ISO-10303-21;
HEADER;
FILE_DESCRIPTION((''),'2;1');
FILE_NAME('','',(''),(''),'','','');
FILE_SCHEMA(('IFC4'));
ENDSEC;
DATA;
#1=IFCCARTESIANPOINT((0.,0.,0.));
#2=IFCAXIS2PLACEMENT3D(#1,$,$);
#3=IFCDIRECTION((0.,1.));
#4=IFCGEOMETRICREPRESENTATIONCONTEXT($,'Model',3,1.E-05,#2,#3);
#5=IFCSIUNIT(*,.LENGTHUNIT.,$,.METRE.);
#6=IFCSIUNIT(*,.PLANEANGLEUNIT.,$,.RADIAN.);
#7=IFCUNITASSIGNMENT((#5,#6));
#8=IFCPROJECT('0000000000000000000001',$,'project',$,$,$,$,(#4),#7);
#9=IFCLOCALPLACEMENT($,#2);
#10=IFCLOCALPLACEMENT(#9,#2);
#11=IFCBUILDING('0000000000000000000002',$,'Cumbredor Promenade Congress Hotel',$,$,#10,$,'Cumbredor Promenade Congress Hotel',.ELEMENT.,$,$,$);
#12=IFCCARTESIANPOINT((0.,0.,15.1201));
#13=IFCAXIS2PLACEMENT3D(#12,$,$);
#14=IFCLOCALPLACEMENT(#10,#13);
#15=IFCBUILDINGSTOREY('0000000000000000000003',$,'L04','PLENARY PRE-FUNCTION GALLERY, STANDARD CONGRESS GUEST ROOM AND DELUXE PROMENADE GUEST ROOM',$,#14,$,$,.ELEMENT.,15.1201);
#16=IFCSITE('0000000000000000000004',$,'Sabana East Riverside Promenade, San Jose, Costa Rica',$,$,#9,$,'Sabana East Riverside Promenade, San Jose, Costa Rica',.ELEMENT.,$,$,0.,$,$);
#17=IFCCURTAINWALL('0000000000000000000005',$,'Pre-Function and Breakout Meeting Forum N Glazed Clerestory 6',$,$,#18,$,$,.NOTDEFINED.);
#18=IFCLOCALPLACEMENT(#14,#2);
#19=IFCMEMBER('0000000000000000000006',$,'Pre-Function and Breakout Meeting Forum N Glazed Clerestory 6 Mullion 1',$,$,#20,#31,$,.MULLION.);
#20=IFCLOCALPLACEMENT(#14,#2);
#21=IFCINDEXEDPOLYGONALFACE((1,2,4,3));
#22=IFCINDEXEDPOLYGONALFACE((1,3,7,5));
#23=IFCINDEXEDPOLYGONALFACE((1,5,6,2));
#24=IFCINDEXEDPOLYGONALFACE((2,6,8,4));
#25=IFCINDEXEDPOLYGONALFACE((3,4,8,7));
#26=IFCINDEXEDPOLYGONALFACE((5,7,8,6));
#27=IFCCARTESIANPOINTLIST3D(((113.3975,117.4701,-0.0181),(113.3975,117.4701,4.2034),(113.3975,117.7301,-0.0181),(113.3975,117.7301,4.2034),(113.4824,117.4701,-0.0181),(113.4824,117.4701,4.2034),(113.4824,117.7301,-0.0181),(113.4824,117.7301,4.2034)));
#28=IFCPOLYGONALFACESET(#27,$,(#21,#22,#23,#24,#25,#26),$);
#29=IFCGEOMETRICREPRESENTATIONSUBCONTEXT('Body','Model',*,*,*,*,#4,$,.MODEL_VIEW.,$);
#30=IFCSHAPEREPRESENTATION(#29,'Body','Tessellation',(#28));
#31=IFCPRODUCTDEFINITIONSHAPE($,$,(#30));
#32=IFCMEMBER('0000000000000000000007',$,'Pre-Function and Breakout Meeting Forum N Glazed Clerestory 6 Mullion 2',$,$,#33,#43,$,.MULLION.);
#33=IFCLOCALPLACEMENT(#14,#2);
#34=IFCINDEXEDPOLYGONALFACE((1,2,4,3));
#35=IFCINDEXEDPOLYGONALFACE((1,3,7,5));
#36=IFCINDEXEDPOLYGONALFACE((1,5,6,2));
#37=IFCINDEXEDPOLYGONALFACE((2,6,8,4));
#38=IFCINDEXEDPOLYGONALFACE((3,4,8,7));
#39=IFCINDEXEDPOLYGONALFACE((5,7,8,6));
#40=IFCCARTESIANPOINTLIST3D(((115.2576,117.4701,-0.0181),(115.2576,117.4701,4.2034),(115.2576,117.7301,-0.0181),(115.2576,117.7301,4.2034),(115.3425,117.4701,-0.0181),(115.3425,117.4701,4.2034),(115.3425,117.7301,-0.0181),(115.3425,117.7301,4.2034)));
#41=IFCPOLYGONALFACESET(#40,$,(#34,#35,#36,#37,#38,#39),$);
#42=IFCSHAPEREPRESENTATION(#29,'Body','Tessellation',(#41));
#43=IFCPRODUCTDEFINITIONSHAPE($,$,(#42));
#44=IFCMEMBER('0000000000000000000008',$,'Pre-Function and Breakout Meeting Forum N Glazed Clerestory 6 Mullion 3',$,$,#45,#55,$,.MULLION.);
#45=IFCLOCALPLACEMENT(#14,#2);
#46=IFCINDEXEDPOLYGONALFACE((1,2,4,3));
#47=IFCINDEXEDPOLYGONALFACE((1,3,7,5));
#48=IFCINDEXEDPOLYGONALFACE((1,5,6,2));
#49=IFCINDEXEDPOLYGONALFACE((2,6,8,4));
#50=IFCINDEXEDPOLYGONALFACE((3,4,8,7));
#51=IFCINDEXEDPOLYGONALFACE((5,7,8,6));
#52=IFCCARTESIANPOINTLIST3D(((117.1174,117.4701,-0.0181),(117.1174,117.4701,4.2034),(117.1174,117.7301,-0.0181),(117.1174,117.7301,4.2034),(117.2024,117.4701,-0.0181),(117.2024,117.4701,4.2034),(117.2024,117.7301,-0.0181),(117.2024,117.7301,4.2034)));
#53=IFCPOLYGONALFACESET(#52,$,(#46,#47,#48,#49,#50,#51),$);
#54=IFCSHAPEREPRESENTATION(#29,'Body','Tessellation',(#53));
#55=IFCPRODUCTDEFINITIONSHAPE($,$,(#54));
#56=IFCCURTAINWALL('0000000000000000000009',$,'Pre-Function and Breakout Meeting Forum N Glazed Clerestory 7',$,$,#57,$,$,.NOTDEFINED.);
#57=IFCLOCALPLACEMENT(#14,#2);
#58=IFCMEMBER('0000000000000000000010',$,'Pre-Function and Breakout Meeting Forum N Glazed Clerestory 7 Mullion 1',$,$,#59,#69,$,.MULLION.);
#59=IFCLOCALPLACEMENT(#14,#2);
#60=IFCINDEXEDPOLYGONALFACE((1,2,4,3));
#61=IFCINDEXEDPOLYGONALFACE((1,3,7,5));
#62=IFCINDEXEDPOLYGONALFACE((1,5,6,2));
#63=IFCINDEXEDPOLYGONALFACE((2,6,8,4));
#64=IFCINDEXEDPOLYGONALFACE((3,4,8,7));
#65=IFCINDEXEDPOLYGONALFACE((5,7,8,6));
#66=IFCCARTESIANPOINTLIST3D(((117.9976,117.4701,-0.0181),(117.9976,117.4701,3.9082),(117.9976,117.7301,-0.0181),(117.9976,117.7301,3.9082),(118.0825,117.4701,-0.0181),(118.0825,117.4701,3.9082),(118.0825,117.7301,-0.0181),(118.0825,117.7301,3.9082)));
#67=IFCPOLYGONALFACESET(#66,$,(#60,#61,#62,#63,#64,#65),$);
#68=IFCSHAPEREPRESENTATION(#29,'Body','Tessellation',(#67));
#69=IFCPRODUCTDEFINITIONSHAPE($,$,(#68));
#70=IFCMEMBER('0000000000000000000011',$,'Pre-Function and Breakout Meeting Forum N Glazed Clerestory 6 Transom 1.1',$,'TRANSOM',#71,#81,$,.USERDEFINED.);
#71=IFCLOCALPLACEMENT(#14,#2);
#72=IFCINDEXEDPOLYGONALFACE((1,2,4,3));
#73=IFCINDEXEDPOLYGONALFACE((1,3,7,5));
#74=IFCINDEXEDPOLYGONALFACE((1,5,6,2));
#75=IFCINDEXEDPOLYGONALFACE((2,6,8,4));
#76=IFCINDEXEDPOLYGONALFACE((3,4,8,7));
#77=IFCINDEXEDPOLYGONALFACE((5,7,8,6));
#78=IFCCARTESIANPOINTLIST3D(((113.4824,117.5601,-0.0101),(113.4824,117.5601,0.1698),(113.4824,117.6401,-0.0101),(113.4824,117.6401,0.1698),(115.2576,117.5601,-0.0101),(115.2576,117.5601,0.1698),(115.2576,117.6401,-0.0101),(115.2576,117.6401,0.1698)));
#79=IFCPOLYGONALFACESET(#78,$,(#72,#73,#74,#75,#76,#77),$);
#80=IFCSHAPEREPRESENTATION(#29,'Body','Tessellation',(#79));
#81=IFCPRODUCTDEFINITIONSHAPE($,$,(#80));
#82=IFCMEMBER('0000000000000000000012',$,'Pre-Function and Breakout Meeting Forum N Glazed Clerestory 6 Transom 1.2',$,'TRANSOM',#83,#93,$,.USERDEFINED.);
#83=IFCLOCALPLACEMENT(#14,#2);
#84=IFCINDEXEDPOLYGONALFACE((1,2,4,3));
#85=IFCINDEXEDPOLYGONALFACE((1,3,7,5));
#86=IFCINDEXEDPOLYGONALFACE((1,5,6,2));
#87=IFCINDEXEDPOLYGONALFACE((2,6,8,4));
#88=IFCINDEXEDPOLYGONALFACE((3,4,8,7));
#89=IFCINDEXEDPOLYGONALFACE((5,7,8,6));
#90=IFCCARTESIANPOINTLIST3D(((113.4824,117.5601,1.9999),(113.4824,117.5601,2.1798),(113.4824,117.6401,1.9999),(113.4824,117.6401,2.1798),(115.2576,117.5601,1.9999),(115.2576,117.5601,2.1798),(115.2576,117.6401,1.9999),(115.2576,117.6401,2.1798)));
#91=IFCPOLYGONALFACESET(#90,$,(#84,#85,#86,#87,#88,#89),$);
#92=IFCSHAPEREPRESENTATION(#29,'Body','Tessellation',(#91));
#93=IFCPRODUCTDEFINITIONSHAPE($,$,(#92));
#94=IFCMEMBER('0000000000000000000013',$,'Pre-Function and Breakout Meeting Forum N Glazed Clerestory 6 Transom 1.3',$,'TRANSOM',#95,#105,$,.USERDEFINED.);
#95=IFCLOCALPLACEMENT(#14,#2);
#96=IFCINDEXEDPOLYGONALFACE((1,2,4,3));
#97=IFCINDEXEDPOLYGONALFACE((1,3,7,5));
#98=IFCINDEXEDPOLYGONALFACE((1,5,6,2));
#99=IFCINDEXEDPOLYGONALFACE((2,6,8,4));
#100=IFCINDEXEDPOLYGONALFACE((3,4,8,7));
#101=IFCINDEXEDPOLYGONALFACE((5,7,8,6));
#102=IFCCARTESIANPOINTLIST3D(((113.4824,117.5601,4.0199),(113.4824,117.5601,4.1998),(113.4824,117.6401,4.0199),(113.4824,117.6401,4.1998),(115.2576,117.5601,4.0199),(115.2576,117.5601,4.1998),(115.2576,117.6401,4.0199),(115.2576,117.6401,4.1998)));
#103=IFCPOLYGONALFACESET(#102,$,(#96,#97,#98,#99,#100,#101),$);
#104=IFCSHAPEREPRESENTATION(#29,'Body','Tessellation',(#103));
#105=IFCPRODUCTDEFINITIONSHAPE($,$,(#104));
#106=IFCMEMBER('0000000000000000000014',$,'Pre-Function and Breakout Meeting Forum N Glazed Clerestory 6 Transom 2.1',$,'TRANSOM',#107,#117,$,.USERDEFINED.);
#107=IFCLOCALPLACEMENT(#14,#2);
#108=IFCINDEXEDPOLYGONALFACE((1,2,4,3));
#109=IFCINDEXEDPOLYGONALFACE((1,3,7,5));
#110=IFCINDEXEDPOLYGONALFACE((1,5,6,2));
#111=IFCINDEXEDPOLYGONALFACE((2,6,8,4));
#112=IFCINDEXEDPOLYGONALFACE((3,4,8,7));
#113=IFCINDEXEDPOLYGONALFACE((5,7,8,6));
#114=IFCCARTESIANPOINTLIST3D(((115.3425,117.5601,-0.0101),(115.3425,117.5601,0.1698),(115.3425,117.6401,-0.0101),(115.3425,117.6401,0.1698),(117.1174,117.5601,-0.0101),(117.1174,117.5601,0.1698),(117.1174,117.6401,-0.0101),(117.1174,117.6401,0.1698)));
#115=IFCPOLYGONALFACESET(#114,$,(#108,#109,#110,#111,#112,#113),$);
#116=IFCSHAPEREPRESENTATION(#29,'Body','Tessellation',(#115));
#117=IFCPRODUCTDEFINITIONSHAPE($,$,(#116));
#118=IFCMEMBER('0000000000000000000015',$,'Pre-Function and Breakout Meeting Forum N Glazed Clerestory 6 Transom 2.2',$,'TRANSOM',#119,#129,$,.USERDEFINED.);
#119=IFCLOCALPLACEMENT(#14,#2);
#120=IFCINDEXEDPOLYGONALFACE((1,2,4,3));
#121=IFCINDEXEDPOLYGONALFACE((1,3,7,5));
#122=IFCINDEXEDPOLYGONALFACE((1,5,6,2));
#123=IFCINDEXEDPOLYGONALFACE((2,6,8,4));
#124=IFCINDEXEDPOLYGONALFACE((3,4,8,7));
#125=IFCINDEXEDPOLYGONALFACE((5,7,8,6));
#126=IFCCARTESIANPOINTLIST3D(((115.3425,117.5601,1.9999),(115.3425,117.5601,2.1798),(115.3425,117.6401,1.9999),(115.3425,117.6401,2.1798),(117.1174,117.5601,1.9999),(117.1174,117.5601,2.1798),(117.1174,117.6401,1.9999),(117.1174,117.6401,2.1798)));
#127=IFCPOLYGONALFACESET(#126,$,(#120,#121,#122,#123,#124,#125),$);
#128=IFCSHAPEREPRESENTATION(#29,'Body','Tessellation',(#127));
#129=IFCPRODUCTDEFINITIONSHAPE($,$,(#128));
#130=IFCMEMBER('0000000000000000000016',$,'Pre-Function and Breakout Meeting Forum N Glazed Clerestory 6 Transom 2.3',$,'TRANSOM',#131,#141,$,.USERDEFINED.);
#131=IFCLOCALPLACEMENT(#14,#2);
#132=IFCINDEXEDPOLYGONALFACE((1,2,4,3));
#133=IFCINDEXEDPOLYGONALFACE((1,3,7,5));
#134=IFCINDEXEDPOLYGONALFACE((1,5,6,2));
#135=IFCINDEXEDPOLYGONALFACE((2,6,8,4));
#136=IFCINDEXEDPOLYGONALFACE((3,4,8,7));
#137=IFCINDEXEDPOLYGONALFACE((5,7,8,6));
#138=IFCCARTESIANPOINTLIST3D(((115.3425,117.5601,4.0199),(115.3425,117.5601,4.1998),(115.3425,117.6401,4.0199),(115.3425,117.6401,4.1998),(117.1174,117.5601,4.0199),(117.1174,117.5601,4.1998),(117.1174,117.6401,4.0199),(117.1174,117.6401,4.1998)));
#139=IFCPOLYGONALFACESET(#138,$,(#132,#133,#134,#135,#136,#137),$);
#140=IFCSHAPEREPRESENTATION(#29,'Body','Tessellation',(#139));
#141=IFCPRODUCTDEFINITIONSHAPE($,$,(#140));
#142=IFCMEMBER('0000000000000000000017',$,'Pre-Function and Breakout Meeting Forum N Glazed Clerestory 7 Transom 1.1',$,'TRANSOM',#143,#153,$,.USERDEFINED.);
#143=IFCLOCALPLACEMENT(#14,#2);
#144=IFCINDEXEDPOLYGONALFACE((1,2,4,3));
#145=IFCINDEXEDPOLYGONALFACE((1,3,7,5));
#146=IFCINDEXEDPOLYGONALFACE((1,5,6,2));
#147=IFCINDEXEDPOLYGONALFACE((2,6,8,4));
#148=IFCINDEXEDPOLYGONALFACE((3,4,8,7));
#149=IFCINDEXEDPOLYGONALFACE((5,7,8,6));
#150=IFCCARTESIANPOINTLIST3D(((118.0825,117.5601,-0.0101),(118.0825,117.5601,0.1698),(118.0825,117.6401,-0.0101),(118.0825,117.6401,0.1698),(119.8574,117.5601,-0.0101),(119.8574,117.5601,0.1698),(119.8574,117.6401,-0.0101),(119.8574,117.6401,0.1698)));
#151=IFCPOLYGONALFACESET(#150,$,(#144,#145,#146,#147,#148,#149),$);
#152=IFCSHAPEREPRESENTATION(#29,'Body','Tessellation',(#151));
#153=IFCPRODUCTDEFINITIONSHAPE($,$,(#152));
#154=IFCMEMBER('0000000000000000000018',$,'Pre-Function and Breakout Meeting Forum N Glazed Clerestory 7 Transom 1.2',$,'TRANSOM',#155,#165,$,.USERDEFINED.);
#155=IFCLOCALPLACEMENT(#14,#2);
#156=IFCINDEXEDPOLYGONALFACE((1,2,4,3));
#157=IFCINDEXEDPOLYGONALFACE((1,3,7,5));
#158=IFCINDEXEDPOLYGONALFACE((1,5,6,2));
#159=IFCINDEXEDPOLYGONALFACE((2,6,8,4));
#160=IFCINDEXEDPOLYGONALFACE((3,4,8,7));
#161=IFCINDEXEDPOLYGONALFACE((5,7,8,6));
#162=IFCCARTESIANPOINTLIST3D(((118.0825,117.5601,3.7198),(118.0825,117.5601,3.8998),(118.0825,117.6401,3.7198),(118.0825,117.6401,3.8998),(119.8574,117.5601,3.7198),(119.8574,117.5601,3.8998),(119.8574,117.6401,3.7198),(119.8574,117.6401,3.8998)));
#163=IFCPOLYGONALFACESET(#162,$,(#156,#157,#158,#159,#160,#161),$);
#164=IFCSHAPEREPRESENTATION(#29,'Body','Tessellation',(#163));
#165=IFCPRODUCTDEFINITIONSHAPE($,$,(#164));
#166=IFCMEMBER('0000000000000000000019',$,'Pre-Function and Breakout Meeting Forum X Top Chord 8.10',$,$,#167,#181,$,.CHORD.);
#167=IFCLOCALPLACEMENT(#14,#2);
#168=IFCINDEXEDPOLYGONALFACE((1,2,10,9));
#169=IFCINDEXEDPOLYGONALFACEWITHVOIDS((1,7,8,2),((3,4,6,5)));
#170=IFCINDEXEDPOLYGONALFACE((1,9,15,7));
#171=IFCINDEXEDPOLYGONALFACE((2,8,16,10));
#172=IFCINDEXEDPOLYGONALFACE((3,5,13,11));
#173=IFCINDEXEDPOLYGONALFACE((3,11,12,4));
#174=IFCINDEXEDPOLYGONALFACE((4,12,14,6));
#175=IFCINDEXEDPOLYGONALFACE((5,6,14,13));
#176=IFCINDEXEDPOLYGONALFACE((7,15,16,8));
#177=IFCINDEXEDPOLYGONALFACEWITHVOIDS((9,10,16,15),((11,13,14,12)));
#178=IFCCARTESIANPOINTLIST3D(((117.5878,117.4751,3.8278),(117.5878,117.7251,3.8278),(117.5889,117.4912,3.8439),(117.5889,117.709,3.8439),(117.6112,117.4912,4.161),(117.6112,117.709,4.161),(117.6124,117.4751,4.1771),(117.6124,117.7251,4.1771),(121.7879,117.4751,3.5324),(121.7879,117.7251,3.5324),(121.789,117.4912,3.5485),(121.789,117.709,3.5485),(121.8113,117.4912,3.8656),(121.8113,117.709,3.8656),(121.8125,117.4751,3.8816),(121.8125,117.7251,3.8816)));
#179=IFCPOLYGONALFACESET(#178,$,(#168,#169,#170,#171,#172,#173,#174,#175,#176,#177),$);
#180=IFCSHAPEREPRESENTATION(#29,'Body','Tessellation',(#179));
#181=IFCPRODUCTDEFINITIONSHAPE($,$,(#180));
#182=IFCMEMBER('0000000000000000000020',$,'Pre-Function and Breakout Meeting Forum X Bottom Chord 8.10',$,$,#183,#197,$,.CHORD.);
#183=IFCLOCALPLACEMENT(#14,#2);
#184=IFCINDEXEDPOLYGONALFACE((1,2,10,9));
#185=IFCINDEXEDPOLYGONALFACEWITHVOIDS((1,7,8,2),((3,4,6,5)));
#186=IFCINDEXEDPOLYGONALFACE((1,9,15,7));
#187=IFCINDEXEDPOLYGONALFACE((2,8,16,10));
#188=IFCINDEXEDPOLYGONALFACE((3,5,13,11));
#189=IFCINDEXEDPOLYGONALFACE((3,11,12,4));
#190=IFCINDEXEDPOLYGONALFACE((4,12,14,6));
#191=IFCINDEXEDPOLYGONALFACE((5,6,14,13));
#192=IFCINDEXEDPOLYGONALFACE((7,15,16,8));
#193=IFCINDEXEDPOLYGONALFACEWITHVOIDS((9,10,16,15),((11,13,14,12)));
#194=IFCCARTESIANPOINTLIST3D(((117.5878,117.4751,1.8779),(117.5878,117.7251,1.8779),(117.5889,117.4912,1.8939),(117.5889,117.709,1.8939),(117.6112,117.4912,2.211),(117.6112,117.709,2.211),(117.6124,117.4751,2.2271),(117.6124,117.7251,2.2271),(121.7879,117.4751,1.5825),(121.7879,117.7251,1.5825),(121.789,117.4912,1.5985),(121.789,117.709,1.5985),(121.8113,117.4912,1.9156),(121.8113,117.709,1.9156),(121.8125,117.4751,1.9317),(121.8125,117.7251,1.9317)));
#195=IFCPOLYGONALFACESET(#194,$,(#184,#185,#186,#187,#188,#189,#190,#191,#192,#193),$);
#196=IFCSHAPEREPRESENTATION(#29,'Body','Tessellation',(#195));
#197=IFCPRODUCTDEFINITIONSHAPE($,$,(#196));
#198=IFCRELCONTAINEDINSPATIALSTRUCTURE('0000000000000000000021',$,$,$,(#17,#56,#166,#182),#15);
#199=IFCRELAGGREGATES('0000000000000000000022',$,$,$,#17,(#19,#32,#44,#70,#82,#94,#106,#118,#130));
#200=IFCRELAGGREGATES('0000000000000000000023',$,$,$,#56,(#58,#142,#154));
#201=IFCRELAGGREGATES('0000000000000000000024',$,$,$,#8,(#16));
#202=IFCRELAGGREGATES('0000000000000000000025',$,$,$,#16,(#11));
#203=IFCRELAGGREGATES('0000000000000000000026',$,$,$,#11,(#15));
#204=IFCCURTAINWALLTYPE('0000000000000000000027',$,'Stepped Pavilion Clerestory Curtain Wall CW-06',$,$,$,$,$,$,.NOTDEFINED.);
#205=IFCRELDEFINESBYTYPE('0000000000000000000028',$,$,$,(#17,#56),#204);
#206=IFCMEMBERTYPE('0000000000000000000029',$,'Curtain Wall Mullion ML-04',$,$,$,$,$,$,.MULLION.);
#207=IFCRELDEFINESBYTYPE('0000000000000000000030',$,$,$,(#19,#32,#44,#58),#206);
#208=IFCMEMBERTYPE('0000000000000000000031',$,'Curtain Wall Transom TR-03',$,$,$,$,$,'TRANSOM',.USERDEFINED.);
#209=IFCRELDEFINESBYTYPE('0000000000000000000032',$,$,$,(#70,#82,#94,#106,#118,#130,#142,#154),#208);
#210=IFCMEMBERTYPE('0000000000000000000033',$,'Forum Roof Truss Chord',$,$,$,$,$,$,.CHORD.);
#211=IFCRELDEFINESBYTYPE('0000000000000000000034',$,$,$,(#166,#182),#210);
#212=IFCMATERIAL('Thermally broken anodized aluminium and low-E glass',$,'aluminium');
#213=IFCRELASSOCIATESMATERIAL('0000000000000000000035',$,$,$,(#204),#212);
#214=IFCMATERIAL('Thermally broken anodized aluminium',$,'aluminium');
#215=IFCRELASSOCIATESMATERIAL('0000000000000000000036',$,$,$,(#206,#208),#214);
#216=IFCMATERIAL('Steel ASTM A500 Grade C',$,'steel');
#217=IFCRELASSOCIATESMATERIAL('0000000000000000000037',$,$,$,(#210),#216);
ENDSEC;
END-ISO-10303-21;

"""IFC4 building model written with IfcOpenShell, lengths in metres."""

from ifc_helpers import new_model, si_unit, direction, frame, origin, origin_2d, place, context, subcontext, project, spatial, rectangle, hollow_rectangle, extrude, material, material_profile, profile_set, type_object, element, aggregate, save


model = new_model("IFC4")

# Units and contexts
model_context = context("Model", 3, precision=1e-05, world=origin(), true_north=direction((0.0, 1.0)))
body_context = subcontext(model_context, "Body", "Model", "MODEL_VIEW")
ifc_project = project(units=[si_unit("LENGTHUNIT", "METRE"), si_unit("PLANEANGLEUNIT", "RADIAN")], contexts=[model_context])

# Site, building, storey
site_placement = place(None, origin())
site = spatial("IfcSite", under=ifc_project, at=site_placement, Name="Sabana East Riverside Promenade, San Jose, Costa Rica", LongName="Sabana East Riverside Promenade, San Jose, Costa Rica", CompositionType="ELEMENT", RefElevation=0.0)
building_placement = place(site_placement, origin())
building = spatial("IfcBuilding", under=site, at=building_placement, Name="Cumbredor Promenade Congress Hotel", LongName="Cumbredor Promenade Congress Hotel", CompositionType="ELEMENT")
storey_placement = place(building_placement, frame((0.0, 0.0, 15.1201)))
storey = spatial("IfcBuildingStorey", under=building, at=storey_placement, Name="L04", Description="PLENARY PRE-FUNCTION GALLERY, STANDARD CONGRESS GUEST ROOM AND DELUXE PROMENADE GUEST ROOM", CompositionType="ELEMENT", Elevation=15.1201)

# Curtain wall, members
ifc_material_1 = material(Name="Thermally broken anodized aluminium and low-E glass", Category="aluminium")
curtain_wall_type = type_object("IfcCurtainWallType", Name="Stepped Pavilion Clerestory Curtain Wall CW-06", PredefinedType="NOTDEFINED", material=ifc_material_1)
curtain_wall_1_placement = place(storey_placement, origin())
curtain_wall_1 = element("IfcCurtainWall", 1, at=curtain_wall_1_placement, inside=storey, type_object=curtain_wall_type, Name="Pre-Function and Breakout Meeting Forum N Glazed Clerestory 6", PredefinedType="NOTDEFINED")
ifc_material_2 = material(Name="Thermally broken anodized aluminium", Category="aluminium")
ifc_material_profile_1 = material_profile(ifc_material_2, rectangle(XDim=0.085, YDim=0.26, at=origin_2d()), Name="ALU MULLION CLERESTORY 85x260")
ifc_profile_set_1 = profile_set([ifc_material_profile_1], Name="Thermally broken anodized aluminium")
member_type_1 = type_object("IfcMemberType", Name="Curtain Wall Mullion ML-04", PredefinedType="MULLION", material=ifc_profile_set_1)
member_1_placement = place(storey_placement, frame((113.4399, 117.6001, -0.0181), z_axis=(0.0, 0.0, 1.0), x_axis=(1.0, 0.0, 0.0)))
member_1 = element("IfcMember", 2, at=member_1_placement, type_object=member_type_1, Name="Pre-Function and Breakout Meeting Forum N Glazed Clerestory 6 Mullion 1", PredefinedType="MULLION", context=body_context, shape_type="SweptSolid", body=[
    extrude(rectangle(XDim=0.085, YDim=0.26, at=origin_2d()), origin(), (0.0, 0.0, 1.0), 4.2214),
])
member_2_placement = place(storey_placement, frame((115.3, 117.6001, -0.0181), z_axis=(0.0, 0.0, 1.0), x_axis=(1.0, 0.0, 0.0)))
member_2 = element("IfcMember", 3, at=member_2_placement, type_object=member_type_1, Name="Pre-Function and Breakout Meeting Forum N Glazed Clerestory 6 Mullion 2", PredefinedType="MULLION", context=body_context, shape_type="SweptSolid", body=[
    extrude(rectangle(XDim=0.085, YDim=0.26, at=origin_2d()), origin(), (0.0, 0.0, 1.0), 4.2214),
])
member_3_placement = place(storey_placement, frame((117.1599, 117.6001, -0.0181), z_axis=(0.0, 0.0, 1.0), x_axis=(1.0, 0.0, 0.0)))
member_3 = element("IfcMember", 4, at=member_3_placement, type_object=member_type_1, Name="Pre-Function and Breakout Meeting Forum N Glazed Clerestory 6 Mullion 3", PredefinedType="MULLION", context=body_context, shape_type="SweptSolid", body=[
    extrude(rectangle(XDim=0.085, YDim=0.26, at=origin_2d()), origin(), (0.0, 0.0, 1.0), 4.2214),
])

# Curtain wall, member
curtain_wall_2_placement = place(storey_placement, origin())
curtain_wall_2 = element("IfcCurtainWall", 5, at=curtain_wall_2_placement, inside=storey, type_object=curtain_wall_type, Name="Pre-Function and Breakout Meeting Forum N Glazed Clerestory 7", PredefinedType="NOTDEFINED")
member_4_placement = place(storey_placement, frame((118.04, 117.6001, -0.0181), z_axis=(0.0, 0.0, 1.0), x_axis=(1.0, 0.0, 0.0)))
member_4 = element("IfcMember", 6, at=member_4_placement, type_object=member_type_1, Name="Pre-Function and Breakout Meeting Forum N Glazed Clerestory 7 Mullion 1", PredefinedType="MULLION", context=body_context, shape_type="SweptSolid", body=[
    extrude(rectangle(XDim=0.085, YDim=0.26, at=origin_2d()), origin(), (0.0, 0.0, 1.0), 3.9263),
])

# Members
ifc_material_profile_2 = material_profile(ifc_material_2, rectangle(XDim=0.0801, YDim=0.1799, at=origin_2d()), Name="ALU TRANSOM 80x180")
ifc_profile_set_2 = profile_set([ifc_material_profile_2], Name="Thermally broken anodized aluminium")
member_type_2 = type_object("IfcMemberType", Name="Curtain Wall Transom TR-03", ElementType="TRANSOM", PredefinedType="USERDEFINED", material=ifc_profile_set_2)
member_5_placement = place(storey_placement, frame((113.4824, 117.6001, 0.0798), z_axis=(1.0, 0.0, 0.0), x_axis=(0.0, 1.0, 0.0)))
member_5 = element("IfcMember", 7, at=member_5_placement, type_object=member_type_2, Name="Pre-Function and Breakout Meeting Forum N Glazed Clerestory 6 Transom 1.1", ObjectType="TRANSOM", PredefinedType="USERDEFINED", context=body_context, shape_type="SweptSolid", body=[
    extrude(rectangle(XDim=0.0801, YDim=0.1799, at=origin_2d()), origin(), (0.0, 0.0, 1.0), 1.7751),
])
member_6_placement = place(storey_placement, frame((113.4824, 117.6001, 2.0898), z_axis=(1.0, 0.0, 0.0), x_axis=(0.0, 1.0, 0.0)))
member_6 = element("IfcMember", 8, at=member_6_placement, type_object=member_type_2, Name="Pre-Function and Breakout Meeting Forum N Glazed Clerestory 6 Transom 1.2", ObjectType="TRANSOM", PredefinedType="USERDEFINED", context=body_context, shape_type="SweptSolid", body=[
    extrude(rectangle(XDim=0.0801, YDim=0.1799, at=origin_2d()), origin(), (0.0, 0.0, 1.0), 1.7751),
])
member_7_placement = place(storey_placement, frame((113.4824, 117.6001, 4.1099), z_axis=(1.0, 0.0, 0.0), x_axis=(0.0, 1.0, 0.0)))
member_7 = element("IfcMember", 9, at=member_7_placement, type_object=member_type_2, Name="Pre-Function and Breakout Meeting Forum N Glazed Clerestory 6 Transom 1.3", ObjectType="TRANSOM", PredefinedType="USERDEFINED", context=body_context, shape_type="SweptSolid", body=[
    extrude(rectangle(XDim=0.0801, YDim=0.1799, at=origin_2d()), origin(), (0.0, 0.0, 1.0), 1.7751),
])
member_8_placement = place(storey_placement, frame((115.3425, 117.6001, 0.0798), z_axis=(1.0, 0.0, 0.0), x_axis=(0.0, 1.0, 0.0)))
member_8 = element("IfcMember", 10, at=member_8_placement, type_object=member_type_2, Name="Pre-Function and Breakout Meeting Forum N Glazed Clerestory 6 Transom 2.1", ObjectType="TRANSOM", PredefinedType="USERDEFINED", context=body_context, shape_type="SweptSolid", body=[
    extrude(rectangle(XDim=0.0801, YDim=0.1799, at=origin_2d()), origin(), (0.0, 0.0, 1.0), 1.7749),
])
member_9_placement = place(storey_placement, frame((115.3425, 117.6001, 2.0898), z_axis=(1.0, 0.0, 0.0), x_axis=(0.0, 1.0, 0.0)))
member_9 = element("IfcMember", 11, at=member_9_placement, type_object=member_type_2, Name="Pre-Function and Breakout Meeting Forum N Glazed Clerestory 6 Transom 2.2", ObjectType="TRANSOM", PredefinedType="USERDEFINED", context=body_context, shape_type="SweptSolid", body=[
    extrude(rectangle(XDim=0.0801, YDim=0.1799, at=origin_2d()), origin(), (0.0, 0.0, 1.0), 1.7749),
])
member_10_placement = place(storey_placement, frame((115.3425, 117.6001, 4.1099), z_axis=(1.0, 0.0, 0.0), x_axis=(0.0, 1.0, 0.0)))
member_10 = element("IfcMember", 12, at=member_10_placement, type_object=member_type_2, Name="Pre-Function and Breakout Meeting Forum N Glazed Clerestory 6 Transom 2.3", ObjectType="TRANSOM", PredefinedType="USERDEFINED", context=body_context, shape_type="SweptSolid", body=[
    extrude(rectangle(XDim=0.0801, YDim=0.1799, at=origin_2d()), origin(), (0.0, 0.0, 1.0), 1.7749),
])
member_11_placement = place(storey_placement, frame((118.0825, 117.6001, 0.0798), z_axis=(1.0, 0.0, 0.0), x_axis=(0.0, 1.0, 0.0)))
member_11 = element("IfcMember", 13, at=member_11_placement, type_object=member_type_2, Name="Pre-Function and Breakout Meeting Forum N Glazed Clerestory 7 Transom 1.1", ObjectType="TRANSOM", PredefinedType="USERDEFINED", context=body_context, shape_type="SweptSolid", body=[
    extrude(rectangle(XDim=0.0801, YDim=0.1799, at=origin_2d()), origin(), (0.0, 0.0, 1.0), 1.7749),
])
member_12_placement = place(storey_placement, frame((118.0825, 117.6001, 3.8098), z_axis=(1.0, 0.0, 0.0), x_axis=(0.0, 1.0, 0.0)))
member_12 = element("IfcMember", 14, at=member_12_placement, type_object=member_type_2, Name="Pre-Function and Breakout Meeting Forum N Glazed Clerestory 7 Transom 1.2", ObjectType="TRANSOM", PredefinedType="USERDEFINED", context=body_context, shape_type="SweptSolid", body=[
    extrude(rectangle(XDim=0.0801, YDim=0.1799, at=origin_2d()), origin(), (0.0, 0.0, 1.0), 1.7749),
])

# Members
ifc_material_3 = material(Name="Steel ASTM A500 Grade C", Category="steel")
ifc_material_profile_3 = material_profile(ifc_material_3, hollow_rectangle(XDim=0.25, YDim=0.3501, WallThickness=0.0161, at=origin_2d()), Name="HSS 350x250x16")
ifc_profile_set_3 = profile_set([ifc_material_profile_3], Name="Steel ASTM A500 Grade C")
member_type_3 = type_object("IfcMemberType", Name="Forum Roof Truss Chord", PredefinedType="CHORD", material=ifc_profile_set_3)
for number, where, z_axis, x_axis, name in (
    (15, (117.6001, 117.6001, 4.0024), (0.997536, 0.0, -0.070163), (0.0, 1.0, 0.0), "Pre-Function and Breakout Meeting Forum X Top Chord 8.10"),
    (16, (117.6001, 117.6001, 2.0525), (0.997536, 0.0, -0.070163), (0.0, 1.0, 0.0), "Pre-Function and Breakout Meeting Forum X Bottom Chord 8.10"),
):
    element("IfcMember", number, at=place(storey_placement, frame(where, z_axis=z_axis, x_axis=x_axis)), inside=storey, type_object=member_type_3, Name=name, PredefinedType="CHORD", context=body_context, shape_type="SweptSolid", body=[
        extrude(hollow_rectangle(XDim=0.25, YDim=0.3501, WallThickness=0.0161, at=origin_2d()), origin(), (0.0, 0.0, 1.0), 4.2104),
    ])

aggregate(curtain_wall_1, [member_1, member_2, member_3, member_5, member_6, member_7, member_8, member_9, member_10])
aggregate(curtain_wall_2, [member_4, member_11, member_12])

save(model, "model.ifc")
